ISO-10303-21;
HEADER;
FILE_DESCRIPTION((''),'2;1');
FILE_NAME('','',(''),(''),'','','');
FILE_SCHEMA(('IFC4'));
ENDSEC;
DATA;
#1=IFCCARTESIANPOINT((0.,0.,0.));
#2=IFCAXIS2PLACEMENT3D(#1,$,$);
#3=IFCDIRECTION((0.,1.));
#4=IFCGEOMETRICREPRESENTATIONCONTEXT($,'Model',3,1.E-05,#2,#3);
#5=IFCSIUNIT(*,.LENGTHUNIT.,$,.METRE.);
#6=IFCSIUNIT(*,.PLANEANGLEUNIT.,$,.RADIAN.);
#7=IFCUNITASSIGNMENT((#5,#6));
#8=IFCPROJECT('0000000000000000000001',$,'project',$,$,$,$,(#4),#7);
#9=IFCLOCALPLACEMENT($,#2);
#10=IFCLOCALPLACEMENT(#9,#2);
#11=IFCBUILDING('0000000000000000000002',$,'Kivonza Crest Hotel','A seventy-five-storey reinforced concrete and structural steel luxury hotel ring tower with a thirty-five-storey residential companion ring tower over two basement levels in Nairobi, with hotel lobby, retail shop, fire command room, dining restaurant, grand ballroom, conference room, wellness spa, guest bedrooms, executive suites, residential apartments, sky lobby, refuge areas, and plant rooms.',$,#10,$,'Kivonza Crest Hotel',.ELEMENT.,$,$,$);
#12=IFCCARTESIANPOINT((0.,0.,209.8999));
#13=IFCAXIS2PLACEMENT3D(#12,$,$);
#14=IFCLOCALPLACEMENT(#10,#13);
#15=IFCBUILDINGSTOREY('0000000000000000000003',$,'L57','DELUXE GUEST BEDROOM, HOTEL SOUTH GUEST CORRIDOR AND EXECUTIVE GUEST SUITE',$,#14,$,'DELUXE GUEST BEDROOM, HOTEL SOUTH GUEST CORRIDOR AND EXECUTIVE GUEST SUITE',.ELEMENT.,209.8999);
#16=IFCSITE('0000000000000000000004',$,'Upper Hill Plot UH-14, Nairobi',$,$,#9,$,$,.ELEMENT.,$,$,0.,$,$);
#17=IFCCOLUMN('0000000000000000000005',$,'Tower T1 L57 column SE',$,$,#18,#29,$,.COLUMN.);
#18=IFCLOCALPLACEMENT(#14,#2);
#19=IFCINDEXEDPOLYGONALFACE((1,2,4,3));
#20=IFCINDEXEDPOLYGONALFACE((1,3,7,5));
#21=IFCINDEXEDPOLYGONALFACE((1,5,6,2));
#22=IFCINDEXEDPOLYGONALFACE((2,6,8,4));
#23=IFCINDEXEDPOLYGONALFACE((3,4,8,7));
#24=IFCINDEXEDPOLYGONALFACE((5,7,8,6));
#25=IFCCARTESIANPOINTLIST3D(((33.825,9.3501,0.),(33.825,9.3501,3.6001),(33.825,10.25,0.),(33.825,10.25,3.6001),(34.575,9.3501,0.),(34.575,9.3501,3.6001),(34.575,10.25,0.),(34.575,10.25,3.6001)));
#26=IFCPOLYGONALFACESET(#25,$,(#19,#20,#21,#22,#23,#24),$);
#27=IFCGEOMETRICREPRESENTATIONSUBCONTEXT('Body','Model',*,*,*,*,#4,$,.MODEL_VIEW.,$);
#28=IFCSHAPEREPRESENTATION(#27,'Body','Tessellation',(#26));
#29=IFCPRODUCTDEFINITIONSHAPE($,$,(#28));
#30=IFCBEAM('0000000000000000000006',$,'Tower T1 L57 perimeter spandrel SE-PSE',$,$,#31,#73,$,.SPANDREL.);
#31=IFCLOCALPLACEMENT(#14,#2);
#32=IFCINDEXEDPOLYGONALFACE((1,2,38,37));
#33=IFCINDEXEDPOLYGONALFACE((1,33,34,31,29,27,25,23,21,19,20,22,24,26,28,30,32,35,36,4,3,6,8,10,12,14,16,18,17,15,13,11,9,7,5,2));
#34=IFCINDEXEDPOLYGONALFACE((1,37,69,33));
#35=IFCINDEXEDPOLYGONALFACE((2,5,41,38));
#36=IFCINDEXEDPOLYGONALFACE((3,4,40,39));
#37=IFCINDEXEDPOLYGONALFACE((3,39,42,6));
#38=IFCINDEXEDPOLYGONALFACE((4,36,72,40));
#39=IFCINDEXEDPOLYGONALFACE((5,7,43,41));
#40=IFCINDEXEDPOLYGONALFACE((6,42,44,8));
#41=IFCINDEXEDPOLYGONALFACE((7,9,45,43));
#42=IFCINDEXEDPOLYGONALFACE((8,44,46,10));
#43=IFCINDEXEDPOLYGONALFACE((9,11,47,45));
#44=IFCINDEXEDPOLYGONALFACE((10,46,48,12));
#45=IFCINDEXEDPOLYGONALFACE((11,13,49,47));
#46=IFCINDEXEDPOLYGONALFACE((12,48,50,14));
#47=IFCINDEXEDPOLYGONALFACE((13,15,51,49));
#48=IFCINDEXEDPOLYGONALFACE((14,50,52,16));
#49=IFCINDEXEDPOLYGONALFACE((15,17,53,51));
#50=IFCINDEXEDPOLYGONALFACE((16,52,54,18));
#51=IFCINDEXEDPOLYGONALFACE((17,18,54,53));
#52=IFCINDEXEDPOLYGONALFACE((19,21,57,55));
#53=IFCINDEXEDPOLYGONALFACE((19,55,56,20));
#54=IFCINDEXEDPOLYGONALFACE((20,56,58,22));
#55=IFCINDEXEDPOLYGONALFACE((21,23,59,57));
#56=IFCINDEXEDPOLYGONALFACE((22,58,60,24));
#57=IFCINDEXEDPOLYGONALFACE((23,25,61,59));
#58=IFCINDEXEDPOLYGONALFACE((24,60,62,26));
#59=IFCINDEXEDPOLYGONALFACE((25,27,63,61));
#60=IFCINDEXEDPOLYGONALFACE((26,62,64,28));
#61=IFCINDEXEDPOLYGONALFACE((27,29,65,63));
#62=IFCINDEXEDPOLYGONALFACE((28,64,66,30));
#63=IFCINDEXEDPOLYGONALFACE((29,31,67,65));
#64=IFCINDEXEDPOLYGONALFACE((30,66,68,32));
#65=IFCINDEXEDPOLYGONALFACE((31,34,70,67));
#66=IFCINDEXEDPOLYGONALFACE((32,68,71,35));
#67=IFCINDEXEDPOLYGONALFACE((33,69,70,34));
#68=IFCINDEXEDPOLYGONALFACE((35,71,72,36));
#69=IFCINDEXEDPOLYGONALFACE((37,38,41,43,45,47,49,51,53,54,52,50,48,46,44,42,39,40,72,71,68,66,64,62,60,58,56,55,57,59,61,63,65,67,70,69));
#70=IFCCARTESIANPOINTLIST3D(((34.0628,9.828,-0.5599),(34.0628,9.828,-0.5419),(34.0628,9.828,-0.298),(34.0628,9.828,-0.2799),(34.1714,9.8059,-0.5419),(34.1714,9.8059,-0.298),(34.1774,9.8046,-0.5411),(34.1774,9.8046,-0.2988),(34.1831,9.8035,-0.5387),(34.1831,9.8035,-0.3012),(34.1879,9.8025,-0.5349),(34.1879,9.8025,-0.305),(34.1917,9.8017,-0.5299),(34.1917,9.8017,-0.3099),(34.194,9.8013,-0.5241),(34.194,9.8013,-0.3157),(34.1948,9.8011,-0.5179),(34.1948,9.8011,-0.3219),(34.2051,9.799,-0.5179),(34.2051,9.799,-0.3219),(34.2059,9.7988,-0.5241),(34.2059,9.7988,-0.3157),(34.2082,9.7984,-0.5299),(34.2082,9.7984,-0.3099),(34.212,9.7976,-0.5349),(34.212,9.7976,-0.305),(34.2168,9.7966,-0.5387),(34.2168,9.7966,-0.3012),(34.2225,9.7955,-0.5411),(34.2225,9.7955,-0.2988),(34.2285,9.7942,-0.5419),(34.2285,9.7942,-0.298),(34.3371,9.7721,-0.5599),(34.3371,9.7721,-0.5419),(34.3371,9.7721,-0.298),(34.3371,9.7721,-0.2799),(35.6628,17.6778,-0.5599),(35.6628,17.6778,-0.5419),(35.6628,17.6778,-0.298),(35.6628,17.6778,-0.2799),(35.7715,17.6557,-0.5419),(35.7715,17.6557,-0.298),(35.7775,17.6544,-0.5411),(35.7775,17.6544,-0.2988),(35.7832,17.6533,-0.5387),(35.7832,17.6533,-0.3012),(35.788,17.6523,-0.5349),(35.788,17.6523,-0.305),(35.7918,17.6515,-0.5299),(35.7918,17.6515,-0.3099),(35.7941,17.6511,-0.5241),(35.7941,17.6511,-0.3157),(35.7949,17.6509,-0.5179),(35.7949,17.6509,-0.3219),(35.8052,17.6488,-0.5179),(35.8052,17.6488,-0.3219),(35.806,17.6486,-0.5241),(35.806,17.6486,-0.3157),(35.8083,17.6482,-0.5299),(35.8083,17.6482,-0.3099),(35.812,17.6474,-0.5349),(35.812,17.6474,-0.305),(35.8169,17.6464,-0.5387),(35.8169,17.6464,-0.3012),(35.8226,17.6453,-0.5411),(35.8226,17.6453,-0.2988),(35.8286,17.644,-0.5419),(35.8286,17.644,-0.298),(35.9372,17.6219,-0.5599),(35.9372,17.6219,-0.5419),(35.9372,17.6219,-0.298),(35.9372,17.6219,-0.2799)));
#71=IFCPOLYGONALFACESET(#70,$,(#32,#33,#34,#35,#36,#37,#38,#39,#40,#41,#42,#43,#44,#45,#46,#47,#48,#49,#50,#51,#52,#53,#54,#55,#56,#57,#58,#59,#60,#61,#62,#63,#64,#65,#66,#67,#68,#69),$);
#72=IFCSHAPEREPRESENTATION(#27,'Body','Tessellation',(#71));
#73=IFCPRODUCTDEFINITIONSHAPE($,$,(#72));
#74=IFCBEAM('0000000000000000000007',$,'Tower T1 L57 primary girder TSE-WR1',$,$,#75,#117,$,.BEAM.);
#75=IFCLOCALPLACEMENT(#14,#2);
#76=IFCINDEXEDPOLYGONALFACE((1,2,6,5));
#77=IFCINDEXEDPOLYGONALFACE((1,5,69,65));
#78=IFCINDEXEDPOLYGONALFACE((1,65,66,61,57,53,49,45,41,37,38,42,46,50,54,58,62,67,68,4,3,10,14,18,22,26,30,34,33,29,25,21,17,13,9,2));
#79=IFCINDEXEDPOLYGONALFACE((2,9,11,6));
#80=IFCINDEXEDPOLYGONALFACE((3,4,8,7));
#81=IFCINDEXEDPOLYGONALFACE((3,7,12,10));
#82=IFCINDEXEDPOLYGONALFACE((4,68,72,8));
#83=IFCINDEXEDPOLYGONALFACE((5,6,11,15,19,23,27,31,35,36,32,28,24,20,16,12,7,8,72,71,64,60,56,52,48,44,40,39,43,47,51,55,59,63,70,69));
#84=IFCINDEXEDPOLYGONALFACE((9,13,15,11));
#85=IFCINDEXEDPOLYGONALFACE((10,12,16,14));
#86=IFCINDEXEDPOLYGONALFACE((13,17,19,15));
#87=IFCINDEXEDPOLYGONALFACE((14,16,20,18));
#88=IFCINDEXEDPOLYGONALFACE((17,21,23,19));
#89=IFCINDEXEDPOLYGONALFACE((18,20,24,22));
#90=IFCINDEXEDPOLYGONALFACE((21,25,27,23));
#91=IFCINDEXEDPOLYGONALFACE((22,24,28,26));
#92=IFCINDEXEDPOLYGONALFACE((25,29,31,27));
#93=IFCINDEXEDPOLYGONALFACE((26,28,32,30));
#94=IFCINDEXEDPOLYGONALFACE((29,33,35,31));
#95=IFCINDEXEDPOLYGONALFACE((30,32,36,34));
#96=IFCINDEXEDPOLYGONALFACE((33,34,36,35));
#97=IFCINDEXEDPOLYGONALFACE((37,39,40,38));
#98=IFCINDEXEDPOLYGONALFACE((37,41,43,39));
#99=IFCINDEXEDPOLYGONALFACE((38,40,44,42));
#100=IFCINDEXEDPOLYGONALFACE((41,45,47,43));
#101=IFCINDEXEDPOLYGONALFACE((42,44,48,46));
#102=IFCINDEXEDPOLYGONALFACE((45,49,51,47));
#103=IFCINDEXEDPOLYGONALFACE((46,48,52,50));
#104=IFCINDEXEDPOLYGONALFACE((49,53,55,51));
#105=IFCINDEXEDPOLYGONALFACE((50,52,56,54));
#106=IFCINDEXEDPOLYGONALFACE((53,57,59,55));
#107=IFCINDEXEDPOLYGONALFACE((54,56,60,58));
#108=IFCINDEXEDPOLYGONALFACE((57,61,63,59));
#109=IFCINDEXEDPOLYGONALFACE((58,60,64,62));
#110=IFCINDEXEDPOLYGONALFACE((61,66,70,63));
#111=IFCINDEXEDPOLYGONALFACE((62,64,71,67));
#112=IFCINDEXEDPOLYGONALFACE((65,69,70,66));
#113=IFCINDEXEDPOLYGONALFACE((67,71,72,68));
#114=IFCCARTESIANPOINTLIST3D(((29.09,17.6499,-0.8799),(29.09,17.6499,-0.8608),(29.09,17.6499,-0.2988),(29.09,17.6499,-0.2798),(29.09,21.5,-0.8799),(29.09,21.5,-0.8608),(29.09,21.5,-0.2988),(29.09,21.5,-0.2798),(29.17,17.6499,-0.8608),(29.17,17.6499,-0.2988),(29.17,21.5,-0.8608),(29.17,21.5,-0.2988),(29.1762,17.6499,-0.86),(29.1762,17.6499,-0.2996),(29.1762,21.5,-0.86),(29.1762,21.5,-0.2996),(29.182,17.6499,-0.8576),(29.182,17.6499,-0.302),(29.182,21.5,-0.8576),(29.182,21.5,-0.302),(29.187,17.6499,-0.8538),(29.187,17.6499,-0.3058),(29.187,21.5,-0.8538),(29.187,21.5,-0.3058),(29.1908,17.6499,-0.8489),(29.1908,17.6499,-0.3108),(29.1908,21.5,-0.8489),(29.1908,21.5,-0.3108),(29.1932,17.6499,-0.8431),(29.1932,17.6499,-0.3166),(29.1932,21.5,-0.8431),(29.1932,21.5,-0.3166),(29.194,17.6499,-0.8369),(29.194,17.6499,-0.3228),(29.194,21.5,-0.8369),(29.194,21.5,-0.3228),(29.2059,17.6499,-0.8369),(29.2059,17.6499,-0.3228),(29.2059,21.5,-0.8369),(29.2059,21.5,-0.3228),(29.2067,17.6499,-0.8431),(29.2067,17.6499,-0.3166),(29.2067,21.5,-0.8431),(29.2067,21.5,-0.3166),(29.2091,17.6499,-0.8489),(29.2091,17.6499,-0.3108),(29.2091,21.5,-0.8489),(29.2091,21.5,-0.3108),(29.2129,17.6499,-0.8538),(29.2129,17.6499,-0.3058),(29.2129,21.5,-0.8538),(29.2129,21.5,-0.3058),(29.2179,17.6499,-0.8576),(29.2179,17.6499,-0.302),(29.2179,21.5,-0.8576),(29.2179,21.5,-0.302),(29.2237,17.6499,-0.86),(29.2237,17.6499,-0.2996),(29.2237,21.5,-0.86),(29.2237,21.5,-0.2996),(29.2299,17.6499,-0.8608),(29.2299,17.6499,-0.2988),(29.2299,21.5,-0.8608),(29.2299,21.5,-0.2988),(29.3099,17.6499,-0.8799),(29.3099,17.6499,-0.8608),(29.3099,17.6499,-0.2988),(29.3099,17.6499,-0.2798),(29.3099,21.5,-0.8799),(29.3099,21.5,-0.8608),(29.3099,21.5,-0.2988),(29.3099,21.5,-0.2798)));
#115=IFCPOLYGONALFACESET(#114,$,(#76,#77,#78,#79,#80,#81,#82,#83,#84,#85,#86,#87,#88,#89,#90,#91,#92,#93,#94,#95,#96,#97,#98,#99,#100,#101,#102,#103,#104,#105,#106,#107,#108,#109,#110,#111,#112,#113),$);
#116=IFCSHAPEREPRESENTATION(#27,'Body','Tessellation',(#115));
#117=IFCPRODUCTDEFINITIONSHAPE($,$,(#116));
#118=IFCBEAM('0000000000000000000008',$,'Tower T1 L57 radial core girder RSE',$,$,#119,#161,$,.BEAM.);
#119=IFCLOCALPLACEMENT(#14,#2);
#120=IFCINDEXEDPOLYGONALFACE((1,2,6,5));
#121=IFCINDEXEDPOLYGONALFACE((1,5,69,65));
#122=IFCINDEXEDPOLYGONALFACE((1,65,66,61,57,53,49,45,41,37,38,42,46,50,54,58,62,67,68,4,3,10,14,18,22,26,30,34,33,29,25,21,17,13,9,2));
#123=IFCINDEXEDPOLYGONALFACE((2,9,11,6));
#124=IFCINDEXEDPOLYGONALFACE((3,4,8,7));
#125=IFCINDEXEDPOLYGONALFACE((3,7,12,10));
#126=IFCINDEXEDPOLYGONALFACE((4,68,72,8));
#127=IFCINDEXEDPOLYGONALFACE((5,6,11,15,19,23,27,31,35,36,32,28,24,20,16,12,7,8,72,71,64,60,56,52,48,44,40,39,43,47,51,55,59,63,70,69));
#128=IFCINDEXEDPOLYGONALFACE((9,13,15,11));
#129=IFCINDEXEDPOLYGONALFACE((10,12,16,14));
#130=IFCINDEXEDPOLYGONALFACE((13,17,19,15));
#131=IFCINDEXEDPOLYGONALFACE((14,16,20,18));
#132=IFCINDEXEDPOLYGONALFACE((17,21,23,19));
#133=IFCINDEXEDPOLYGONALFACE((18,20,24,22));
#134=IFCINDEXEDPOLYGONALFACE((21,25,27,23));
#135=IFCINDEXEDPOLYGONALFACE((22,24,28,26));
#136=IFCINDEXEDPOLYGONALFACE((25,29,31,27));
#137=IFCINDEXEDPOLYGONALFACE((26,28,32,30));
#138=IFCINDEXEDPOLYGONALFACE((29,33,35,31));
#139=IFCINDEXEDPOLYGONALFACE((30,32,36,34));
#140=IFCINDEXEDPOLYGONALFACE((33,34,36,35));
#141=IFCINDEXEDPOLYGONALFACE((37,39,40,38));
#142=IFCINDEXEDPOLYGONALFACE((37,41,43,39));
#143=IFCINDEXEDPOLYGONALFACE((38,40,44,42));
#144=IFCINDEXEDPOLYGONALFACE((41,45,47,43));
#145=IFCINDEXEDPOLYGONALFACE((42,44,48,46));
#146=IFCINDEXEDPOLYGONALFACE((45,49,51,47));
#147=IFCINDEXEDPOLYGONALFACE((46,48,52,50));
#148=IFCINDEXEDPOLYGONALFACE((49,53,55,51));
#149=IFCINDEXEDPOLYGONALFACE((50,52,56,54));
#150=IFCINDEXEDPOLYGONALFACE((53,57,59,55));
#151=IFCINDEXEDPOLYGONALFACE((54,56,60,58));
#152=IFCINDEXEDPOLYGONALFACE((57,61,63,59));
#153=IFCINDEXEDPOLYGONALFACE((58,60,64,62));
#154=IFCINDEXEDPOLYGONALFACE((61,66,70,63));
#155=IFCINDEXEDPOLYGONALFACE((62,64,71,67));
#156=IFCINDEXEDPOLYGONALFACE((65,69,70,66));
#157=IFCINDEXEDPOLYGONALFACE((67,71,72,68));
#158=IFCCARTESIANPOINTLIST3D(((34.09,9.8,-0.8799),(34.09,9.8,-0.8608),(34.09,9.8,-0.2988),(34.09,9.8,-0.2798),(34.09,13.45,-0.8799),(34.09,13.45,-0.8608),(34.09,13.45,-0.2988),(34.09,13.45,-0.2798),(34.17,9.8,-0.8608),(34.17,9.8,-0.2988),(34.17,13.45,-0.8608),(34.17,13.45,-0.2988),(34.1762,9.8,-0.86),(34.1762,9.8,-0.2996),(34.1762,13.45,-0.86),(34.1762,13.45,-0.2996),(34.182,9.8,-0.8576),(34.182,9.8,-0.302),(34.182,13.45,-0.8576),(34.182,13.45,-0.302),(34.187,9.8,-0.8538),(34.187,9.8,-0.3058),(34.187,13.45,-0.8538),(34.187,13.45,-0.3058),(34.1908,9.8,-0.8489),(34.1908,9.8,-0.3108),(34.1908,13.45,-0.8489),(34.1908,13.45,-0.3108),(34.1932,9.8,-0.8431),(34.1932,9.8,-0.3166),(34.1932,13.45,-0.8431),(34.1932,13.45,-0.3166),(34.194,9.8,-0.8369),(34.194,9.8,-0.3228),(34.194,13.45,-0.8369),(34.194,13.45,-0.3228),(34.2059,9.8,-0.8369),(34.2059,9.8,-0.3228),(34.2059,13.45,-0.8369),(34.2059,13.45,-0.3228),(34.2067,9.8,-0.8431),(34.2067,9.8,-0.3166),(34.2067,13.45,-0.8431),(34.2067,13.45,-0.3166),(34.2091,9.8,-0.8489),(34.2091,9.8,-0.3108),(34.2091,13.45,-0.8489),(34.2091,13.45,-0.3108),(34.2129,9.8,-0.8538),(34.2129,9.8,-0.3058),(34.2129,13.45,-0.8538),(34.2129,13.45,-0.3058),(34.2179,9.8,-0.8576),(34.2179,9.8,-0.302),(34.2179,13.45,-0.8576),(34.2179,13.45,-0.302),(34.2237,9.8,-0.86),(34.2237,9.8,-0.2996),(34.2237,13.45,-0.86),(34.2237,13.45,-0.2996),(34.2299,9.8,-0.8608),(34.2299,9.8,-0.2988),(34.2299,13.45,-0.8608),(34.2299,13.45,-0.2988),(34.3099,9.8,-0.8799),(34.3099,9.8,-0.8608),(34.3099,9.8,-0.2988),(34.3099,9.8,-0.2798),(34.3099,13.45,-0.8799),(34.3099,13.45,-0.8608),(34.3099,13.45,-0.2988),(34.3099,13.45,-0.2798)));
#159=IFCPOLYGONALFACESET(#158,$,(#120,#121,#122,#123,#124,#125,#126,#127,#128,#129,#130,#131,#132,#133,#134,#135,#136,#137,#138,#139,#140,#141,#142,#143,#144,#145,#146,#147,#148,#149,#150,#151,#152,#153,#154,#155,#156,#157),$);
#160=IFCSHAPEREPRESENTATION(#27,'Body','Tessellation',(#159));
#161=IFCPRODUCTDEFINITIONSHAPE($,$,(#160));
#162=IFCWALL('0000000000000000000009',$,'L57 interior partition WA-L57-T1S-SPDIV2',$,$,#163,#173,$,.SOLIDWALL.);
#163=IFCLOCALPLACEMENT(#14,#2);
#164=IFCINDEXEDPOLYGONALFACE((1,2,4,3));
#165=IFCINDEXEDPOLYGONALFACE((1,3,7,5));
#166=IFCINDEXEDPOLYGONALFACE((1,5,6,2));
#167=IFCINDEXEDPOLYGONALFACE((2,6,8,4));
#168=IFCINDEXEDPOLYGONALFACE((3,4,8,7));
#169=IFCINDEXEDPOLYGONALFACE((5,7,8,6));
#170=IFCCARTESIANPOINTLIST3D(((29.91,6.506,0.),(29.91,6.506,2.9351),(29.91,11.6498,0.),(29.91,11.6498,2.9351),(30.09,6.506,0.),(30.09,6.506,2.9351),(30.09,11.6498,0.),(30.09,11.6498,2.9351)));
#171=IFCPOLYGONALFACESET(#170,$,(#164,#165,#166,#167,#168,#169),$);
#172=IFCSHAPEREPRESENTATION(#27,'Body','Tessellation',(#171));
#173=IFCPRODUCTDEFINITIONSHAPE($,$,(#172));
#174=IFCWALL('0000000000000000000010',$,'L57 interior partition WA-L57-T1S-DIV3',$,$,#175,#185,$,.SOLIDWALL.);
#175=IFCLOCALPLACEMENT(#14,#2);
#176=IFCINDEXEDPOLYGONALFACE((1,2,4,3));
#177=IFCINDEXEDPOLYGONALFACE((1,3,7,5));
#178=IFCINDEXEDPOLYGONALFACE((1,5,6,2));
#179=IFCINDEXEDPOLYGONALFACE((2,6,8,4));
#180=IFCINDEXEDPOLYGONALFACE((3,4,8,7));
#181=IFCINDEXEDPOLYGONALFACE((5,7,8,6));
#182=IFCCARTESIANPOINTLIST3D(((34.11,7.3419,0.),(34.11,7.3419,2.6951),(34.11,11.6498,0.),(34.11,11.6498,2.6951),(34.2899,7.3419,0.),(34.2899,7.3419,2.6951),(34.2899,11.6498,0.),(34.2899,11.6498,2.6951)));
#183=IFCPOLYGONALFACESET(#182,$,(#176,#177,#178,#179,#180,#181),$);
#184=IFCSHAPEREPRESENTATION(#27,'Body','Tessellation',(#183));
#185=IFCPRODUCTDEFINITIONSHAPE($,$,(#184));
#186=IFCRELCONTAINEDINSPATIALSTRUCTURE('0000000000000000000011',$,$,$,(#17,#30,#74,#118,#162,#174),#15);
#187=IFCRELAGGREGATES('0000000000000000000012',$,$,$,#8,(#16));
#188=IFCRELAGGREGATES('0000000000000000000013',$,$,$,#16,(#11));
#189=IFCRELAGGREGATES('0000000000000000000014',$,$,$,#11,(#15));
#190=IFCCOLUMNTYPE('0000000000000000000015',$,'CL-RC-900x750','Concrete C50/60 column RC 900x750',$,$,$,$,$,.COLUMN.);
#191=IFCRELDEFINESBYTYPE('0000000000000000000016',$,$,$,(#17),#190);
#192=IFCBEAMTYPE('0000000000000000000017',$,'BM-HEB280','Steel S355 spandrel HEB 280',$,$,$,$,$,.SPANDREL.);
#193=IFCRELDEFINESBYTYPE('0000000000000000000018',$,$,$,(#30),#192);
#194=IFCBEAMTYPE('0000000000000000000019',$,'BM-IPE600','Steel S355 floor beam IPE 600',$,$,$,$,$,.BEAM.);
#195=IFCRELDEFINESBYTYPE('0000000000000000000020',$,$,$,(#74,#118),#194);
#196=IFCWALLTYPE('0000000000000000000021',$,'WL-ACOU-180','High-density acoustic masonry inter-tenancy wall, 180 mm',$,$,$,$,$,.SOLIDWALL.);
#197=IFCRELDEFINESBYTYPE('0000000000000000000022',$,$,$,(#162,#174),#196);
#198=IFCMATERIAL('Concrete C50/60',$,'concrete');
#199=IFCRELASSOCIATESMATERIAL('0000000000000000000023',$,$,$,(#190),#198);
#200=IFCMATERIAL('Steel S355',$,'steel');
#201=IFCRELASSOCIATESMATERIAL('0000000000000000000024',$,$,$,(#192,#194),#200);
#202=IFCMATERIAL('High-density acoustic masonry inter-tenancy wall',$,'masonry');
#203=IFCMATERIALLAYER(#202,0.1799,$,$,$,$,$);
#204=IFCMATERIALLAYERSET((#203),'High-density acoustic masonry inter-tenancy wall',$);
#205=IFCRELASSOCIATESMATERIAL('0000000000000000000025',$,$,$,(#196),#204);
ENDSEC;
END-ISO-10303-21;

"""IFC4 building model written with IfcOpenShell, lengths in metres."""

from ifc_helpers import new_model, si_unit, direction, frame, frame_2d, origin, origin_2d, place, context, subcontext, project, spatial, rectangle, i_section, extrude, material, layer, layer_set, material_profile, profile_set, type_object, element, save


model = new_model("IFC4")

# Units and contexts
model_context = context("Model", 3, precision=1e-05, world=origin(), true_north=direction((0.0, 1.0)))
body_context = subcontext(model_context, "Body", "Model", "MODEL_VIEW")
ifc_project = project(units=[si_unit("LENGTHUNIT", "METRE"), si_unit("PLANEANGLEUNIT", "RADIAN")], contexts=[model_context])

# Site, building, storey
site_placement = place(None, origin())
site = spatial("IfcSite", under=ifc_project, at=site_placement, Name="Upper Hill Plot UH-14, Nairobi", CompositionType="ELEMENT", RefElevation=0.0)
building_placement = place(site_placement, origin())
building = spatial("IfcBuilding", under=site, at=building_placement, Name="Kivonza Crest Hotel", Description="A seventy-five-storey reinforced concrete and structural steel luxury hotel ring tower with a thirty-five-storey residential companion ring tower over two basement levels in Nairobi, with hotel lobby, retail shop, fire command room, dining restaurant, grand ballroom, conference room, wellness spa, guest bedrooms, executive suites, residential apartments, sky lobby, refuge areas, and plant rooms.", LongName="Kivonza Crest Hotel", CompositionType="ELEMENT")
storey_placement = place(building_placement, frame((0.0, 0.0, 209.8999)))
storey = spatial("IfcBuildingStorey", under=building, at=storey_placement, Name="L57", Description="DELUXE GUEST BEDROOM, HOTEL SOUTH GUEST CORRIDOR AND EXECUTIVE GUEST SUITE", LongName="DELUXE GUEST BEDROOM, HOTEL SOUTH GUEST CORRIDOR AND EXECUTIVE GUEST SUITE", CompositionType="ELEMENT", Elevation=209.8999)

# Column
ifc_material_1 = material(Name="Concrete C50/60", Category="concrete")
ifc_material_profile_1 = material_profile(ifc_material_1, rectangle(XDim=0.75, YDim=0.8999, at=origin_2d()), Name="RC 900x750")
ifc_profile_set_1 = profile_set([ifc_material_profile_1], Name="Concrete C50/60")
column_type = type_object("IfcColumnType", Name="CL-RC-900x750", Description="Concrete C50/60 column RC 900x750", PredefinedType="COLUMN", material=ifc_profile_set_1)
column_placement = place(storey_placement, frame((34.2, 9.8, 0.0), z_axis=(0.0, 0.0, 1.0), x_axis=(1.0, 0.0, 0.0)))
element("IfcColumn", 1, at=column_placement, inside=storey, type_object=column_type, Name="Tower T1 L57 column SE", PredefinedType="COLUMN", context=body_context, shape_type="SweptSolid", body=[
    extrude(rectangle(XDim=0.75, YDim=0.8999, at=origin_2d()), origin(), (0.0, 0.0, 1.0), 3.6001),
])

# Beams
ifc_material_2 = material(Name="Steel S355", Category="steel")
ifc_material_profile_2 = material_profile(ifc_material_2, i_section(OverallWidth=0.28, OverallDepth=0.28, WebThickness=0.0105, FlangeThickness=0.0181, FilletRadius=0.0239, at=origin_2d()), Name="HEB 280")
ifc_profile_set_2 = profile_set([ifc_material_profile_2], Name="Steel S355")
beam_type_1 = type_object("IfcBeamType", Name="BM-HEB280", Description="Steel S355 spandrel HEB 280", PredefinedType="SPANDREL", material=ifc_profile_set_2)
beam_1_placement = place(storey_placement, frame((34.2, 9.8, -0.4199), z_axis=(0.199731, 0.979851, 0.0), x_axis=(-0.979851, 0.199731, 0.0)))
element("IfcBeam", 2, at=beam_1_placement, inside=storey, type_object=beam_type_1, Name="Tower T1 L57 perimeter spandrel SE-PSE", PredefinedType="SPANDREL", context=body_context, shape_type="SweptSolid", body=[
    extrude(i_section(OverallWidth=0.28, OverallDepth=0.28, WebThickness=0.0105, FlangeThickness=0.0181, FilletRadius=0.0239, at=origin_2d()), origin(), (0.0, 0.0, 1.0), 8.0112),
])
ifc_material_profile_3 = material_profile(ifc_material_2, i_section(OverallWidth=0.22, OverallDepth=0.6001, WebThickness=0.012, FlangeThickness=0.019, FilletRadius=0.0239, at=origin_2d()), Name="IPE 600")
ifc_profile_set_3 = profile_set([ifc_material_profile_3], Name="Steel S355")
beam_type_2 = type_object("IfcBeamType", Name="BM-IPE600", Description="Steel S355 floor beam IPE 600", PredefinedType="BEAM", material=ifc_profile_set_3)
beam_2_placement = place(storey_placement, frame((29.2, 17.6499, -0.5798), z_axis=(0.0, 1.0, 0.0), x_axis=(-1.0, 0.0, 0.0)))
element("IfcBeam", 3, at=beam_2_placement, inside=storey, type_object=beam_type_2, Name="Tower T1 L57 primary girder TSE-WR1", PredefinedType="BEAM", context=body_context, shape_type="SweptSolid", body=[
    extrude(i_section(OverallWidth=0.22, OverallDepth=0.6001, WebThickness=0.012, FlangeThickness=0.019, FilletRadius=0.0239, at=origin_2d()), origin(), (0.0, 0.0, 1.0), 3.8501),
])
beam_3_placement = place(storey_placement, frame((34.2, 9.8, -0.5798), z_axis=(0.0, 1.0, 0.0), x_axis=(-1.0, 0.0, 0.0)))
element("IfcBeam", 4, at=beam_3_placement, inside=storey, type_object=beam_type_2, Name="Tower T1 L57 radial core girder RSE", PredefinedType="BEAM", context=body_context, shape_type="SweptSolid", body=[
    extrude(i_section(OverallWidth=0.22, OverallDepth=0.6001, WebThickness=0.012, FlangeThickness=0.019, FilletRadius=0.0239, at=origin_2d()), origin(), (0.0, 0.0, 1.0), 3.6499),
])

# Walls
ifc_material_3 = material(Name="High-density acoustic masonry inter-tenancy wall", Category="masonry")
ifc_layer_1 = layer(ifc_material_3, 0.1799)
ifc_layer_set_1 = layer_set([ifc_layer_1], Name="High-density acoustic masonry inter-tenancy wall")
wall_type_1 = type_object("IfcWallType", Name="WL-ACOU-180", Description="High-density acoustic masonry inter-tenancy wall, 180 mm", PredefinedType="SOLIDWALL", material=ifc_layer_set_1)
wall_1_placement = place(storey_placement, frame((30.0, 6.5061, 0.0), z_axis=(0.0, 0.0, 1.0), x_axis=(0.0, 1.0, 0.0)))
element("IfcWall", 5, at=wall_1_placement, inside=storey, type_object=wall_type_1, Name="L57 interior partition WA-L57-T1S-SPDIV2", PredefinedType="SOLIDWALL", context=body_context, shape_type="SweptSolid", body=[
    extrude(rectangle(XDim=5.1438, YDim=0.1799, at=frame_2d((2.5718, 0.0))), origin(), (0.0, 0.0, 1.0), 2.9351),
])
wall_2_placement = place(storey_placement, frame((34.2, 7.342, 0.0), z_axis=(0.0, 0.0, 1.0), x_axis=(0.0, 1.0, 0.0)))
element("IfcWall", 6, at=wall_2_placement, inside=storey, type_object=wall_type_1, Name="L57 interior partition WA-L57-T1S-DIV3", PredefinedType="SOLIDWALL", context=body_context, shape_type="SweptSolid", body=[
    extrude(rectangle(XDim=4.3079, YDim=0.1799, at=frame_2d((2.1538, 0.0))), origin(), (0.0, 0.0, 1.0), 2.6951),
])

save(model, "model.ifc")
